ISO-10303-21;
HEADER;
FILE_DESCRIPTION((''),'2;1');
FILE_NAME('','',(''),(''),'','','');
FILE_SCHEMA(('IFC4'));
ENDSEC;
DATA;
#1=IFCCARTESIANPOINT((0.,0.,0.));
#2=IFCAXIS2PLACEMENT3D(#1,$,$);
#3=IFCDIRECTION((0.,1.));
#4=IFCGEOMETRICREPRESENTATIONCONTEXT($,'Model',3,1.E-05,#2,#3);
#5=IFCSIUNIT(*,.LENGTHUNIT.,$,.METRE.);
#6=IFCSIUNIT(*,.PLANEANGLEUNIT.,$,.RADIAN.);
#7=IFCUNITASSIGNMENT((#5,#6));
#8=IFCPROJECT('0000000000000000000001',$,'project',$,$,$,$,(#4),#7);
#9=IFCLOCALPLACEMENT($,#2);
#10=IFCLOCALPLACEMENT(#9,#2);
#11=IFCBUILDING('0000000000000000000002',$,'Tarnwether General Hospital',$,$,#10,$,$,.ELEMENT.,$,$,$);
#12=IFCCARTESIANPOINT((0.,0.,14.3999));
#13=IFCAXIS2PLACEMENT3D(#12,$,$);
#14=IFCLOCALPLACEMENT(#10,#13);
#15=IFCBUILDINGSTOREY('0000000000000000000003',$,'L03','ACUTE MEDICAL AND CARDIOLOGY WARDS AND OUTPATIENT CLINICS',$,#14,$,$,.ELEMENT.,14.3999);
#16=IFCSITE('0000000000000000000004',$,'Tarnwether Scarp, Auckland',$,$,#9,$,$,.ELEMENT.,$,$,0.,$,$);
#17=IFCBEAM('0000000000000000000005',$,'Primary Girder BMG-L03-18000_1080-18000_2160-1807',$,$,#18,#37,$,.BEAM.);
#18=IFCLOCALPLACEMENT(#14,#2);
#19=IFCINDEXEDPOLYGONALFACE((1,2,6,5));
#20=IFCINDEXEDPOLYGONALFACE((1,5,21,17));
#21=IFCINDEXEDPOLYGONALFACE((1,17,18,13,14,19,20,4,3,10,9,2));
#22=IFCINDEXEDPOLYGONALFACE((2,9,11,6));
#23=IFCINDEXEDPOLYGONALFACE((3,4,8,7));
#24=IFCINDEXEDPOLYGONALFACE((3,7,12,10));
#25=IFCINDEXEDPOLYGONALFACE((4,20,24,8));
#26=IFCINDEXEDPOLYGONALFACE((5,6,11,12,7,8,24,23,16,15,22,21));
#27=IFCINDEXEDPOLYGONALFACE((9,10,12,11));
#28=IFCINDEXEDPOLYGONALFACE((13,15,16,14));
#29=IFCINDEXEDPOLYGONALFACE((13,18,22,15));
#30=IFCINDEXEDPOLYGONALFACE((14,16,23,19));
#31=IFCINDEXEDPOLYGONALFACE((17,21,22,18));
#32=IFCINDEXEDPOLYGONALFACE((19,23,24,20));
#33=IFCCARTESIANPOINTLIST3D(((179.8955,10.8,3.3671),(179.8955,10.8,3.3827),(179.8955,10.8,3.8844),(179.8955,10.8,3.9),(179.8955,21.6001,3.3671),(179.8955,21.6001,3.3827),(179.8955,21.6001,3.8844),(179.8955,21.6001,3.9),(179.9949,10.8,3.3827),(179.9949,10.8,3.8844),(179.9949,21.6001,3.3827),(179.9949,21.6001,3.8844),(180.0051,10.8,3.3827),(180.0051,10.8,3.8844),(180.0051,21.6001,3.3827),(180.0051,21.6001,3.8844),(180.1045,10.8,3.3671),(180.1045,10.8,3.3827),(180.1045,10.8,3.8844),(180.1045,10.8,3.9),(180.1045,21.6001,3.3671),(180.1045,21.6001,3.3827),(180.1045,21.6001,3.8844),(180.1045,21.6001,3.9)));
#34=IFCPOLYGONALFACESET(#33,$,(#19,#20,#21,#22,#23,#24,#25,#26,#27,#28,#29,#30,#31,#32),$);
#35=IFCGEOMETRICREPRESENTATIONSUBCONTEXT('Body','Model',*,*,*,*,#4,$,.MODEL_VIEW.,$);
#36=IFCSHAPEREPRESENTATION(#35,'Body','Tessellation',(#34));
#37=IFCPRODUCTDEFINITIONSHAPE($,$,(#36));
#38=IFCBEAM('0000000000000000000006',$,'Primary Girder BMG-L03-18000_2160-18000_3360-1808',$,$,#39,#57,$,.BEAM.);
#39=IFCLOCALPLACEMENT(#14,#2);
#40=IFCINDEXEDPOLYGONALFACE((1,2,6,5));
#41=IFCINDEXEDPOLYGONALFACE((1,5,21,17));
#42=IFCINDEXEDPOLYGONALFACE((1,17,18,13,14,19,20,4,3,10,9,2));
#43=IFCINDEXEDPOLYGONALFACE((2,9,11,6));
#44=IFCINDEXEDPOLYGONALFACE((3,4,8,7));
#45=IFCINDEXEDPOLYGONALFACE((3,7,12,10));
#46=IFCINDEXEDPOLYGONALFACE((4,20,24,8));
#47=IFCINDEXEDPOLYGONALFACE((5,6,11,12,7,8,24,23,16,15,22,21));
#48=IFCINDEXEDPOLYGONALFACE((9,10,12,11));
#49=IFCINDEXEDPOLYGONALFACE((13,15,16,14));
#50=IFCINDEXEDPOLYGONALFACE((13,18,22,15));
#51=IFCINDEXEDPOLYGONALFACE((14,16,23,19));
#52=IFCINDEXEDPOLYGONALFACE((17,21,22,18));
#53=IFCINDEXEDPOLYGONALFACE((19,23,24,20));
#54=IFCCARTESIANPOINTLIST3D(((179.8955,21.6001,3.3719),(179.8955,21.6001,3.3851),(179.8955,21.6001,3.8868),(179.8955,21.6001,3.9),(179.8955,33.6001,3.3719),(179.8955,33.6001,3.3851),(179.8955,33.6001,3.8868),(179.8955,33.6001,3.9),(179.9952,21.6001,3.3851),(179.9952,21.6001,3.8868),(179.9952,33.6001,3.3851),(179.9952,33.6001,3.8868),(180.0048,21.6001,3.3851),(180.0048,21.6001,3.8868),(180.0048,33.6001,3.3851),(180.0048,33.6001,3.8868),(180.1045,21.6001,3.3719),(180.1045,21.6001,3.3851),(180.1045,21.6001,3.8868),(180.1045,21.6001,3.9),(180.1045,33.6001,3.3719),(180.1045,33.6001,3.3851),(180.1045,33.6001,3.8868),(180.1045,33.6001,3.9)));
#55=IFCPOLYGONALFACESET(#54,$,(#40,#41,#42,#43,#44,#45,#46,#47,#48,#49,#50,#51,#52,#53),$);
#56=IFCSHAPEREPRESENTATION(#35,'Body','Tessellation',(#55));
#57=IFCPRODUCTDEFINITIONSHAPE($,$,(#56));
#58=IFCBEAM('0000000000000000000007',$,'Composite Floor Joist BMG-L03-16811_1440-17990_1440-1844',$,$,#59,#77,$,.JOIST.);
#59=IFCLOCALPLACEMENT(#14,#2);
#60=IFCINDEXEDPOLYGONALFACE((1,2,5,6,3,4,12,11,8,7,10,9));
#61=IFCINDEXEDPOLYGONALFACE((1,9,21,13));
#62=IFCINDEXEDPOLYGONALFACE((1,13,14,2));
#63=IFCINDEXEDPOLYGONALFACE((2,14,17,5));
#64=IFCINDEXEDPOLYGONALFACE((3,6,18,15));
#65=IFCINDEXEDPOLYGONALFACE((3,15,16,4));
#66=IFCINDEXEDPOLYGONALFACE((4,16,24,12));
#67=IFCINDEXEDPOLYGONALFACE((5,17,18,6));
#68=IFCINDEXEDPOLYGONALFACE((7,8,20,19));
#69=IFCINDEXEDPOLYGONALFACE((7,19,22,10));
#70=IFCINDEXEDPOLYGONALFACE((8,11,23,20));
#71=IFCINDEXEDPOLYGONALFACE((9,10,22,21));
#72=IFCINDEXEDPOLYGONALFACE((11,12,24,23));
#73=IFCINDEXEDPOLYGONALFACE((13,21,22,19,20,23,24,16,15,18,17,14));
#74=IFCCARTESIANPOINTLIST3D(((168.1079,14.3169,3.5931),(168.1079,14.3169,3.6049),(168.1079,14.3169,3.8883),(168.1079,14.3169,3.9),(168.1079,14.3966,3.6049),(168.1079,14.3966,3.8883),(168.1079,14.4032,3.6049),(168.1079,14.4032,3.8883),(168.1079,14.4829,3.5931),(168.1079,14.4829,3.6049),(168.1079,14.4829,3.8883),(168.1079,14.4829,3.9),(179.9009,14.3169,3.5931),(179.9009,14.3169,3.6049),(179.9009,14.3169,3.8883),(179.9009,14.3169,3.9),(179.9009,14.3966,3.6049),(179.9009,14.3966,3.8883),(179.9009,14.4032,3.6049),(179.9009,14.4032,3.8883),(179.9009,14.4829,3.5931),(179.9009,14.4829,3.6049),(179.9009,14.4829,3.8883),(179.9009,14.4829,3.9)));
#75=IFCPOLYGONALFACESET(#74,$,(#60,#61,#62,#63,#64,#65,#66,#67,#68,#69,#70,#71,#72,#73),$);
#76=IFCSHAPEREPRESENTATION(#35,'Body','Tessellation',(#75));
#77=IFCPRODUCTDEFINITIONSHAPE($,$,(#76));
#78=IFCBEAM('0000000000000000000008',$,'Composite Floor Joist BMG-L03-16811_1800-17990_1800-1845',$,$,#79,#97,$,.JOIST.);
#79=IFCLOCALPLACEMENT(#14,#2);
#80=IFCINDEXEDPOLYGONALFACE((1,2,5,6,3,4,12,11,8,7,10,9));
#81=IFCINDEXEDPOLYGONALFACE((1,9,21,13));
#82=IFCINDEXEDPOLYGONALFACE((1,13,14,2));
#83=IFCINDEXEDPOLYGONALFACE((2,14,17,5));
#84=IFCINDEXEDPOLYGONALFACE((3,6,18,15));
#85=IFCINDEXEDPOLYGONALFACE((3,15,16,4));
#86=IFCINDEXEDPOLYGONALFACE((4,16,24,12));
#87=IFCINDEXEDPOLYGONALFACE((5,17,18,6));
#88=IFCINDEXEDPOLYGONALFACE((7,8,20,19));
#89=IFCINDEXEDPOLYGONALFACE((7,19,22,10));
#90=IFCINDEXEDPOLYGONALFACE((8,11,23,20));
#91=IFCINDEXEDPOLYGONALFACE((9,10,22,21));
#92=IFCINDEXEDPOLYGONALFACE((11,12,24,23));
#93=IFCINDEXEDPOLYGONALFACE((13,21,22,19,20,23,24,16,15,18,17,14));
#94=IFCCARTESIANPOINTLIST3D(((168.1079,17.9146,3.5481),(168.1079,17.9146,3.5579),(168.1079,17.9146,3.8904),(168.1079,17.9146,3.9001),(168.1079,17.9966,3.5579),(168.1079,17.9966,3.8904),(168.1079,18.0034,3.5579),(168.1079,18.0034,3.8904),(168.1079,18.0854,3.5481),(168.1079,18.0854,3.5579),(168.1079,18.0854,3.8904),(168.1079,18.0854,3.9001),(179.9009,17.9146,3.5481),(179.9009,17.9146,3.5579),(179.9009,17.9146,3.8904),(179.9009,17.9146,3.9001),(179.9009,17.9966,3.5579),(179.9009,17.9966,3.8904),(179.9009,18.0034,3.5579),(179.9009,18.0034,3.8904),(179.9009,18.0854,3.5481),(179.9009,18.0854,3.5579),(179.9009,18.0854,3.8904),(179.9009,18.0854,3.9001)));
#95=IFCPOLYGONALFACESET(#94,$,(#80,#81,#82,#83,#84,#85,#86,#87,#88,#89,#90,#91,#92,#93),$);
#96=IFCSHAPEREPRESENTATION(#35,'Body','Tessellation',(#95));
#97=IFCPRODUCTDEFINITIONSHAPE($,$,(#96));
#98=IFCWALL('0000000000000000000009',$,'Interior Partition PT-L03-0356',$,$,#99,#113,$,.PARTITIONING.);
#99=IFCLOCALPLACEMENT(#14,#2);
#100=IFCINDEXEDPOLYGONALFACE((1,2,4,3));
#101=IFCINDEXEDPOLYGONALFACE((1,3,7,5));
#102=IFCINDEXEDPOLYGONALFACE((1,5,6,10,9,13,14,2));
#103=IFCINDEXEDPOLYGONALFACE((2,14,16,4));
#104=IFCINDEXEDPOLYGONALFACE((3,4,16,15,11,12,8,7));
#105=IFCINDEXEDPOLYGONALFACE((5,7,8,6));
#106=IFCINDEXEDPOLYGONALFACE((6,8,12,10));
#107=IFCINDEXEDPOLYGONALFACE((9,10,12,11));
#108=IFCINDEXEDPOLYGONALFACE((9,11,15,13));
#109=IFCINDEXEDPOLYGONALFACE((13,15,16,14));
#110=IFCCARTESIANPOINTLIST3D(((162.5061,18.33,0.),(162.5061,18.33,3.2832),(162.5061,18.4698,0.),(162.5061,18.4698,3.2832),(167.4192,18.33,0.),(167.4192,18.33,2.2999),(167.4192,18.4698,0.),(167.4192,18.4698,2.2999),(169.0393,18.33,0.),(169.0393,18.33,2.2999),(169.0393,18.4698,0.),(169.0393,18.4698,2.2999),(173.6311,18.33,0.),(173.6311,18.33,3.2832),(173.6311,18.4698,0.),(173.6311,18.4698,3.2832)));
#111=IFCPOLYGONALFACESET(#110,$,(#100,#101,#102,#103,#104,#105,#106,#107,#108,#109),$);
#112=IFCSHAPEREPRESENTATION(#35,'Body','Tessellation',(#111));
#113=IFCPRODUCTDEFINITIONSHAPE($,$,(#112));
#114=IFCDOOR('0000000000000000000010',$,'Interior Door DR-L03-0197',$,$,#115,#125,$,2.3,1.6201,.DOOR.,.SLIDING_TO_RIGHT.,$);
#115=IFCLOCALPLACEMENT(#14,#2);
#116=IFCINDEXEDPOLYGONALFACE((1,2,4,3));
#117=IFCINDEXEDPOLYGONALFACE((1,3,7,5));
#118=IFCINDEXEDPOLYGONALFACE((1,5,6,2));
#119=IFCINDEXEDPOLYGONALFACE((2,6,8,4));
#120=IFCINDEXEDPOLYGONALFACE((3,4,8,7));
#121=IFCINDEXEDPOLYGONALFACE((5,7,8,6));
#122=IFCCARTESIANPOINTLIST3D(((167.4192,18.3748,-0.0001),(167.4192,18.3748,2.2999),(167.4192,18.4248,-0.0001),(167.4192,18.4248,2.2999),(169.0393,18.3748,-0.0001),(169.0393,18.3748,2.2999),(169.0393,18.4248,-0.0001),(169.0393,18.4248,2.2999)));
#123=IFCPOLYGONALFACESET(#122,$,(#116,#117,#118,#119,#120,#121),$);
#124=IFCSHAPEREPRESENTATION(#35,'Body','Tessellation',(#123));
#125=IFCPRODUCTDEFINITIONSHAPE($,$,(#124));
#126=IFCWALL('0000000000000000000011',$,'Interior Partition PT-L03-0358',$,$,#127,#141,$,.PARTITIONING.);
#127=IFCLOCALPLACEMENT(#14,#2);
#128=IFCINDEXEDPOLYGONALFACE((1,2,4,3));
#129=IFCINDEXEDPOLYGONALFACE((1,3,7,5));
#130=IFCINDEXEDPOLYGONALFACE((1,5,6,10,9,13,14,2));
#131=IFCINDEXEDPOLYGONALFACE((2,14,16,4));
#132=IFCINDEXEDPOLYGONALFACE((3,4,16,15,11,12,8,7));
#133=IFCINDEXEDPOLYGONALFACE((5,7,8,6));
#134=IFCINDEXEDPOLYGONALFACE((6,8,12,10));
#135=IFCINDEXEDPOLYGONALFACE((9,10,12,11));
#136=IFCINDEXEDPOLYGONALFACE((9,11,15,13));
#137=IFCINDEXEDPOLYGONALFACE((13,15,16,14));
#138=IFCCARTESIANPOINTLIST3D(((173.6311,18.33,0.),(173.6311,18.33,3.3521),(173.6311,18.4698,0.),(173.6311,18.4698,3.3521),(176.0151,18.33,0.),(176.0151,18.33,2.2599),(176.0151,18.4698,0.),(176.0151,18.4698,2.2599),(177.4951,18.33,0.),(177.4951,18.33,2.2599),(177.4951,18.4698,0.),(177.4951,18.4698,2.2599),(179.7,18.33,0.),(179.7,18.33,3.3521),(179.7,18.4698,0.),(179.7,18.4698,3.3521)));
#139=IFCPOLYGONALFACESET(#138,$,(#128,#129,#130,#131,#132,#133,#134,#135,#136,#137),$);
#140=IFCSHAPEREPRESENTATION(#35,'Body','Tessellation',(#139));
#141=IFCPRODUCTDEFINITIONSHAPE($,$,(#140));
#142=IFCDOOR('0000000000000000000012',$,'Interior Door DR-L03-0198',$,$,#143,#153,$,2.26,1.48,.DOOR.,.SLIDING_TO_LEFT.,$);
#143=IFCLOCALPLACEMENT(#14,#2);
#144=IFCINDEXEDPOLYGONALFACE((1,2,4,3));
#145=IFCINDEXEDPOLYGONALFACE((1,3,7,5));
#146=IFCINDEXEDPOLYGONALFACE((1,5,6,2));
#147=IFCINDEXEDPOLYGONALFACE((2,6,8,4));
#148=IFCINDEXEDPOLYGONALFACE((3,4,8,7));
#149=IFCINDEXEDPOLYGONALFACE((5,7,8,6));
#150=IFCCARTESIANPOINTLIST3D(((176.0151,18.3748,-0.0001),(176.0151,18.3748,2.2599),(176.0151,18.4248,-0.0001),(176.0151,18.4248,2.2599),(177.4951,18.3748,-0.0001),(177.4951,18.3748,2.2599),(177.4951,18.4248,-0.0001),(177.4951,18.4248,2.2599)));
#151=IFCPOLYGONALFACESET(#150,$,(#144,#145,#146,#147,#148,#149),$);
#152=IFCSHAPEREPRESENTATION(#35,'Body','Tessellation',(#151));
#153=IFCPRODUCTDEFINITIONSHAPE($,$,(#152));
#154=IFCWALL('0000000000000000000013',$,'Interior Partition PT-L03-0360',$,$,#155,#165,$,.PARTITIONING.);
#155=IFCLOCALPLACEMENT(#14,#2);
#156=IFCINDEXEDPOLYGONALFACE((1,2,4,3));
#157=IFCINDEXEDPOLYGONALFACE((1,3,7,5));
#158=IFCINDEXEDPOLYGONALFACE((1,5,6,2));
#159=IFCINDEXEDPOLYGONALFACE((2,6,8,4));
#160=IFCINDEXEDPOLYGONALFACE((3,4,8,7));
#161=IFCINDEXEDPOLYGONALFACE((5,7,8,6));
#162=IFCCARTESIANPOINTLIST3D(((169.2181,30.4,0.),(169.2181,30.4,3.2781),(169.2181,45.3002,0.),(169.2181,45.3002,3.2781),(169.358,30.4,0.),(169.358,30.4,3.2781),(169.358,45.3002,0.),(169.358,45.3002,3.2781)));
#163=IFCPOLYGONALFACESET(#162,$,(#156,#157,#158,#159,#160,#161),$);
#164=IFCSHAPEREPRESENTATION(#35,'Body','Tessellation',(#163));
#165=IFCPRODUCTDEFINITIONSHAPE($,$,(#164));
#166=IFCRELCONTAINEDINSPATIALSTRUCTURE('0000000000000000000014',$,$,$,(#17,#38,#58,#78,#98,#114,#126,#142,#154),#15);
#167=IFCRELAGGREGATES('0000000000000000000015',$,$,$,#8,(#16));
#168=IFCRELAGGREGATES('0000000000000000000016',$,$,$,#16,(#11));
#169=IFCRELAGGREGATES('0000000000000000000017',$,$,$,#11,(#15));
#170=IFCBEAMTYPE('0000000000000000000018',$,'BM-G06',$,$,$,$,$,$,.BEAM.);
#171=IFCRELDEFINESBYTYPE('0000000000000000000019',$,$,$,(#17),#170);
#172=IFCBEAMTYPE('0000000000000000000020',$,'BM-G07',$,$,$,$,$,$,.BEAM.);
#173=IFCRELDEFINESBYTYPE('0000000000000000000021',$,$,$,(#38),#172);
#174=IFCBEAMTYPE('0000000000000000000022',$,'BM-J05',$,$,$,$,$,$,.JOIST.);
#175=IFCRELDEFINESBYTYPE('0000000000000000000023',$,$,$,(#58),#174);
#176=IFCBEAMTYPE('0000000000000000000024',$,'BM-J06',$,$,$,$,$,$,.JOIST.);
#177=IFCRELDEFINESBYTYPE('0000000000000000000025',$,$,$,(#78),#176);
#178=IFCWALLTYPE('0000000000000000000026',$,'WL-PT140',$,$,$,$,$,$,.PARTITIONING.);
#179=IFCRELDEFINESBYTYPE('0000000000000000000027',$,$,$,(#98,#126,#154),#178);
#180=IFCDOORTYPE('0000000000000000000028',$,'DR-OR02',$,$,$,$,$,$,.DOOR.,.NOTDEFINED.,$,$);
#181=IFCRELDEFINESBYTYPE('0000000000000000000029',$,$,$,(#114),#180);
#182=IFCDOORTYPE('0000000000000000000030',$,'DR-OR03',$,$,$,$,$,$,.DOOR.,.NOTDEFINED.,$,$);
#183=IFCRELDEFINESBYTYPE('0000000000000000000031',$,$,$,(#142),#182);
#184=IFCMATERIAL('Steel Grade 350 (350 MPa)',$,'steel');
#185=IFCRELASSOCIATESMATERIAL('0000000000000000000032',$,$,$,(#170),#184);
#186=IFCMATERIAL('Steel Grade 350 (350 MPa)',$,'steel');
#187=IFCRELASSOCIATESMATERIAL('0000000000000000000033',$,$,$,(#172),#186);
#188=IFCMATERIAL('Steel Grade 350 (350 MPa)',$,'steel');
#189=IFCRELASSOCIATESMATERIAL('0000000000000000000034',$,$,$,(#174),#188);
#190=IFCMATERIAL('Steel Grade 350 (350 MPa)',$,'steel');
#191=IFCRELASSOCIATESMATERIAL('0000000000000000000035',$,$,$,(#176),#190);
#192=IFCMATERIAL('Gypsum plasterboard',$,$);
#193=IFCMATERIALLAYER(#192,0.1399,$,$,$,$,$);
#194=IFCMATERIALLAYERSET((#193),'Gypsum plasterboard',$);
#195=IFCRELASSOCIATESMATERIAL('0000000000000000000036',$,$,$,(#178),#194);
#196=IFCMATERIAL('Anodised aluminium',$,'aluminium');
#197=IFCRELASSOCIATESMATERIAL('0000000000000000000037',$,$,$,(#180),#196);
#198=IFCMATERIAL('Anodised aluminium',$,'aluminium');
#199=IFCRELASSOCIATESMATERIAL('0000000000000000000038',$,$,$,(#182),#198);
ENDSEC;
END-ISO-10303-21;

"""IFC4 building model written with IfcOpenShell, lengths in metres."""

from ifc_helpers import new_model, si_unit, direction, frame, frame_2d, origin, origin_2d, place, context, subcontext, project, spatial, rectangle, i_section, extrude, material, layer, layer_set, material_profile, profile_set, type_object, element, fill, save


model = new_model("IFC4")

# Units and contexts
model_context = context("Model", 3, precision=1e-05, world=origin(), true_north=direction((0.0, 1.0)))
body_context = subcontext(model_context, "Body", "Model", "MODEL_VIEW")
ifc_project = project(units=[si_unit("LENGTHUNIT", "METRE"), si_unit("PLANEANGLEUNIT", "RADIAN")], contexts=[model_context])

# Site, building, storey
site_placement = place(None, origin())
site = spatial("IfcSite", under=ifc_project, at=site_placement, Name="Tarnwether Scarp, Auckland", CompositionType="ELEMENT", RefElevation=0.0)
building_placement = place(site_placement, origin())
building = spatial("IfcBuilding", under=site, at=building_placement, Name="Tarnwether General Hospital", CompositionType="ELEMENT")
storey_placement = place(building_placement, frame((0.0, 0.0, 14.3999)))
storey = spatial("IfcBuildingStorey", under=building, at=storey_placement, Name="L03", Description="ACUTE MEDICAL AND CARDIOLOGY WARDS AND OUTPATIENT CLINICS", CompositionType="ELEMENT", Elevation=14.3999)

# Beams
ifc_material_1 = material(Name="Steel Grade 350 (350 MPa)", Category="steel")
ifc_material_profile_1 = material_profile(ifc_material_1, i_section(OverallWidth=0.209, OverallDepth=0.533, WebThickness=0.0103, FlangeThickness=0.0156, at=origin_2d()), Name="530UB92.4")
ifc_profile_set_1 = profile_set([ifc_material_profile_1], Name="Steel Grade 350 (350 MPa)")
beam_type_1 = type_object("IfcBeamType", Name="BM-G06", PredefinedType="BEAM", material=ifc_profile_set_1)
beam_1_placement = place(storey_placement, frame((180.0, 10.8, 3.6335), z_axis=(0.0, 1.0, 0.0), x_axis=(-1.0, 0.0, 0.0)))
element("IfcBeam", 1, at=beam_1_placement, inside=storey, type_object=beam_type_1, Name="Primary Girder BMG-L03-18000_1080-18000_2160-1807", PredefinedType="BEAM", context=body_context, shape_type="SweptSolid", body=[
    extrude(i_section(OverallWidth=0.209, OverallDepth=0.533, WebThickness=0.0103, FlangeThickness=0.0156, at=origin_2d()), origin(), (0.0, 0.0, 1.0), 10.8),
])
ifc_material_2 = material(Name="Steel Grade 350 (350 MPa)", Category="steel")
ifc_material_profile_2 = material_profile(ifc_material_2, i_section(OverallWidth=0.209, OverallDepth=0.5281, WebThickness=0.0095, FlangeThickness=0.0132, at=origin_2d()), Name="530UB82.0")
ifc_profile_set_2 = profile_set([ifc_material_profile_2], Name="Steel Grade 350 (350 MPa)")
beam_type_2 = type_object("IfcBeamType", Name="BM-G07", PredefinedType="BEAM", material=ifc_profile_set_2)
beam_2_placement = place(storey_placement, frame((180.0, 21.6001, 3.636), z_axis=(0.0, 1.0, 0.0), x_axis=(-1.0, 0.0, 0.0)))
element("IfcBeam", 2, at=beam_2_placement, inside=storey, type_object=beam_type_2, Name="Primary Girder BMG-L03-18000_2160-18000_3360-1808", PredefinedType="BEAM", context=body_context, shape_type="SweptSolid", body=[
    extrude(i_section(OverallWidth=0.209, OverallDepth=0.5281, WebThickness=0.0095, FlangeThickness=0.0132, at=origin_2d()), origin(), (0.0, 0.0, 1.0), 12.0),
])
ifc_material_3 = material(Name="Steel Grade 350 (350 MPa)", Category="steel")
ifc_material_profile_3 = material_profile(ifc_material_3, i_section(OverallWidth=0.166, OverallDepth=0.3069, WebThickness=0.0066, FlangeThickness=0.0117, at=origin_2d()), Name="310UB46.2")
ifc_profile_set_3 = profile_set([ifc_material_profile_3], Name="Steel Grade 350 (350 MPa)")
beam_type_3 = type_object("IfcBeamType", Name="BM-J05", PredefinedType="JOIST", material=ifc_profile_set_3)
beam_3_placement = place(storey_placement, frame((168.1079, 14.3999, 3.7466), z_axis=(1.0, 0.0, 0.0), x_axis=(0.0, 1.0, 0.0)))
element("IfcBeam", 3, at=beam_3_placement, inside=storey, type_object=beam_type_3, Name="Composite Floor Joist BMG-L03-16811_1440-17990_1440-1844", PredefinedType="JOIST", context=body_context, shape_type="SweptSolid", body=[
    extrude(i_section(OverallWidth=0.166, OverallDepth=0.3069, WebThickness=0.0066, FlangeThickness=0.0117, at=origin_2d()), origin(), (0.0, 0.0, 1.0), 11.793),
])
ifc_material_4 = material(Name="Steel Grade 350 (350 MPa)", Category="steel")
ifc_material_profile_4 = material_profile(ifc_material_4, i_section(OverallWidth=0.1709, OverallDepth=0.3521, WebThickness=0.0068, FlangeThickness=0.0098, at=origin_2d()), Name="360UB44.7")
ifc_profile_set_4 = profile_set([ifc_material_profile_4], Name="Steel Grade 350 (350 MPa)")
beam_type_4 = type_object("IfcBeamType", Name="BM-J06", PredefinedType="JOIST", material=ifc_profile_set_4)
beam_4_placement = place(storey_placement, frame((168.1079, 18.0, 3.7241), z_axis=(1.0, 0.0, 0.0), x_axis=(0.0, 1.0, 0.0)))
element("IfcBeam", 4, at=beam_4_placement, inside=storey, type_object=beam_type_4, Name="Composite Floor Joist BMG-L03-16811_1800-17990_1800-1845", PredefinedType="JOIST", context=body_context, shape_type="SweptSolid", body=[
    extrude(i_section(OverallWidth=0.1709, OverallDepth=0.3521, WebThickness=0.0068, FlangeThickness=0.0098, at=origin_2d()), origin(), (0.0, 0.0, 1.0), 11.793),
])

# Walls, openings, doors
ifc_material_5 = material(Name="Gypsum plasterboard")
ifc_layer_1 = layer(ifc_material_5, 0.1399)
ifc_layer_set_1 = layer_set([ifc_layer_1], Name="Gypsum plasterboard")
wall_type_1 = type_object("IfcWallType", Name="WL-PT140", PredefinedType="PARTITIONING", material=ifc_layer_set_1)
wall_1_placement = place(storey_placement, frame((162.5061, 18.3999, 0.0), z_axis=(0.0, 0.0, 1.0), x_axis=(1.0, 0.0, 0.0)))
wall_1 = element("IfcWall", 5, at=wall_1_placement, inside=storey, type_object=wall_type_1, Name="Interior Partition PT-L03-0356", PredefinedType="PARTITIONING", context=body_context, shape_type="SweptSolid", body=[
    extrude(rectangle(XDim=11.125, YDim=0.1399, at=frame_2d((5.5625, 0.0))), origin(), (0.0, 0.0, 1.0), 3.2832),
])
opening_1_placement = place(wall_1_placement, frame((4.9131, 0.0, 0.0)))
opening_1 = element("IfcOpeningElement", 6, at=opening_1_placement, cuts=wall_1, PredefinedType="OPENING", context=body_context, shape_type="SweptSolid", body=[
    extrude(rectangle(XDim=1.6201, YDim=2.3, at=frame_2d((0.8101, 1.1499))), frame((0.0, 0.0801, 0.0), z_axis=(0.0, -1.0, 0.0), x_axis=(1.0, 0.0, 0.0)), (0.0, 0.0, 1.0), 0.1599),
])
ifc_material_6 = material(Name="Anodised aluminium", Category="aluminium")
door_type_1 = type_object("IfcDoorType", Name="DR-OR02", OperationType="NOTDEFINED", PredefinedType="DOOR", material=ifc_material_6)
door_1_placement = place(opening_1_placement, origin())
door_1 = element("IfcDoor", 7, at=door_1_placement, inside=storey, type_object=door_type_1, Name="Interior Door DR-L03-0197", OperationType="SLIDING_TO_RIGHT", OverallHeight=2.3, OverallWidth=1.6201, PredefinedType="DOOR", context=body_context, shape_type="SweptSolid", body=[
    extrude(rectangle(XDim=1.6201, YDim=2.3, at=frame_2d((0.8101, 1.1499))), frame((0.0, 0.0249, 0.0), z_axis=(0.0, -1.0, 0.0), x_axis=(1.0, 0.0, 0.0)), (0.0, 0.0, 1.0), 0.05),
])
fill(opening_1, door_1)
wall_2_placement = place(storey_placement, frame((173.6311, 18.3999, 0.0), z_axis=(0.0, 0.0, 1.0), x_axis=(1.0, 0.0, 0.0)))
wall_2 = element("IfcWall", 8, at=wall_2_placement, inside=storey, type_object=wall_type_1, Name="Interior Partition PT-L03-0358", PredefinedType="PARTITIONING", context=body_context, shape_type="SweptSolid", body=[
    extrude(rectangle(XDim=6.0688, YDim=0.1399, at=frame_2d((3.0344, 0.0))), origin(), (0.0, 0.0, 1.0), 3.3521),
])
opening_2_placement = place(wall_2_placement, frame((2.384, 0.0, 0.0)))
opening_2 = element("IfcOpeningElement", 9, at=opening_2_placement, cuts=wall_2, PredefinedType="OPENING", context=body_context, shape_type="SweptSolid", body=[
    extrude(rectangle(XDim=1.48, YDim=2.26, at=frame_2d((0.74, 1.1299))), frame((0.0, 0.0801, 0.0), z_axis=(0.0, -1.0, 0.0), x_axis=(1.0, 0.0, 0.0)), (0.0, 0.0, 1.0), 0.1599),
])
ifc_material_7 = material(Name="Anodised aluminium", Category="aluminium")
door_type_2 = type_object("IfcDoorType", Name="DR-OR03", OperationType="NOTDEFINED", PredefinedType="DOOR", material=ifc_material_7)
door_2_placement = place(opening_2_placement, origin())
door_2 = element("IfcDoor", 10, at=door_2_placement, inside=storey, type_object=door_type_2, Name="Interior Door DR-L03-0198", OperationType="SLIDING_TO_LEFT", OverallHeight=2.26, OverallWidth=1.48, PredefinedType="DOOR", context=body_context, shape_type="SweptSolid", body=[
    extrude(rectangle(XDim=1.48, YDim=2.26, at=frame_2d((0.74, 1.1299))), frame((0.0, 0.0249, 0.0), z_axis=(0.0, -1.0, 0.0), x_axis=(1.0, 0.0, 0.0)), (0.0, 0.0, 1.0), 0.05),
])
fill(opening_2, door_2)

# Wall
wall_3_placement = place(storey_placement, frame((169.2881, 30.3999, 0.0), z_axis=(0.0, 0.0, 1.0), x_axis=(0.0, 1.0, 0.0)))
element("IfcWall", 11, at=wall_3_placement, inside=storey, type_object=wall_type_1, Name="Interior Partition PT-L03-0360", PredefinedType="PARTITIONING", context=body_context, shape_type="SweptSolid", body=[
    extrude(rectangle(XDim=14.9001, YDim=0.1399, at=frame_2d((7.4502, 0.0))), origin(), (0.0, 0.0, 1.0), 3.2781),
])

save(model, "model.ifc")
